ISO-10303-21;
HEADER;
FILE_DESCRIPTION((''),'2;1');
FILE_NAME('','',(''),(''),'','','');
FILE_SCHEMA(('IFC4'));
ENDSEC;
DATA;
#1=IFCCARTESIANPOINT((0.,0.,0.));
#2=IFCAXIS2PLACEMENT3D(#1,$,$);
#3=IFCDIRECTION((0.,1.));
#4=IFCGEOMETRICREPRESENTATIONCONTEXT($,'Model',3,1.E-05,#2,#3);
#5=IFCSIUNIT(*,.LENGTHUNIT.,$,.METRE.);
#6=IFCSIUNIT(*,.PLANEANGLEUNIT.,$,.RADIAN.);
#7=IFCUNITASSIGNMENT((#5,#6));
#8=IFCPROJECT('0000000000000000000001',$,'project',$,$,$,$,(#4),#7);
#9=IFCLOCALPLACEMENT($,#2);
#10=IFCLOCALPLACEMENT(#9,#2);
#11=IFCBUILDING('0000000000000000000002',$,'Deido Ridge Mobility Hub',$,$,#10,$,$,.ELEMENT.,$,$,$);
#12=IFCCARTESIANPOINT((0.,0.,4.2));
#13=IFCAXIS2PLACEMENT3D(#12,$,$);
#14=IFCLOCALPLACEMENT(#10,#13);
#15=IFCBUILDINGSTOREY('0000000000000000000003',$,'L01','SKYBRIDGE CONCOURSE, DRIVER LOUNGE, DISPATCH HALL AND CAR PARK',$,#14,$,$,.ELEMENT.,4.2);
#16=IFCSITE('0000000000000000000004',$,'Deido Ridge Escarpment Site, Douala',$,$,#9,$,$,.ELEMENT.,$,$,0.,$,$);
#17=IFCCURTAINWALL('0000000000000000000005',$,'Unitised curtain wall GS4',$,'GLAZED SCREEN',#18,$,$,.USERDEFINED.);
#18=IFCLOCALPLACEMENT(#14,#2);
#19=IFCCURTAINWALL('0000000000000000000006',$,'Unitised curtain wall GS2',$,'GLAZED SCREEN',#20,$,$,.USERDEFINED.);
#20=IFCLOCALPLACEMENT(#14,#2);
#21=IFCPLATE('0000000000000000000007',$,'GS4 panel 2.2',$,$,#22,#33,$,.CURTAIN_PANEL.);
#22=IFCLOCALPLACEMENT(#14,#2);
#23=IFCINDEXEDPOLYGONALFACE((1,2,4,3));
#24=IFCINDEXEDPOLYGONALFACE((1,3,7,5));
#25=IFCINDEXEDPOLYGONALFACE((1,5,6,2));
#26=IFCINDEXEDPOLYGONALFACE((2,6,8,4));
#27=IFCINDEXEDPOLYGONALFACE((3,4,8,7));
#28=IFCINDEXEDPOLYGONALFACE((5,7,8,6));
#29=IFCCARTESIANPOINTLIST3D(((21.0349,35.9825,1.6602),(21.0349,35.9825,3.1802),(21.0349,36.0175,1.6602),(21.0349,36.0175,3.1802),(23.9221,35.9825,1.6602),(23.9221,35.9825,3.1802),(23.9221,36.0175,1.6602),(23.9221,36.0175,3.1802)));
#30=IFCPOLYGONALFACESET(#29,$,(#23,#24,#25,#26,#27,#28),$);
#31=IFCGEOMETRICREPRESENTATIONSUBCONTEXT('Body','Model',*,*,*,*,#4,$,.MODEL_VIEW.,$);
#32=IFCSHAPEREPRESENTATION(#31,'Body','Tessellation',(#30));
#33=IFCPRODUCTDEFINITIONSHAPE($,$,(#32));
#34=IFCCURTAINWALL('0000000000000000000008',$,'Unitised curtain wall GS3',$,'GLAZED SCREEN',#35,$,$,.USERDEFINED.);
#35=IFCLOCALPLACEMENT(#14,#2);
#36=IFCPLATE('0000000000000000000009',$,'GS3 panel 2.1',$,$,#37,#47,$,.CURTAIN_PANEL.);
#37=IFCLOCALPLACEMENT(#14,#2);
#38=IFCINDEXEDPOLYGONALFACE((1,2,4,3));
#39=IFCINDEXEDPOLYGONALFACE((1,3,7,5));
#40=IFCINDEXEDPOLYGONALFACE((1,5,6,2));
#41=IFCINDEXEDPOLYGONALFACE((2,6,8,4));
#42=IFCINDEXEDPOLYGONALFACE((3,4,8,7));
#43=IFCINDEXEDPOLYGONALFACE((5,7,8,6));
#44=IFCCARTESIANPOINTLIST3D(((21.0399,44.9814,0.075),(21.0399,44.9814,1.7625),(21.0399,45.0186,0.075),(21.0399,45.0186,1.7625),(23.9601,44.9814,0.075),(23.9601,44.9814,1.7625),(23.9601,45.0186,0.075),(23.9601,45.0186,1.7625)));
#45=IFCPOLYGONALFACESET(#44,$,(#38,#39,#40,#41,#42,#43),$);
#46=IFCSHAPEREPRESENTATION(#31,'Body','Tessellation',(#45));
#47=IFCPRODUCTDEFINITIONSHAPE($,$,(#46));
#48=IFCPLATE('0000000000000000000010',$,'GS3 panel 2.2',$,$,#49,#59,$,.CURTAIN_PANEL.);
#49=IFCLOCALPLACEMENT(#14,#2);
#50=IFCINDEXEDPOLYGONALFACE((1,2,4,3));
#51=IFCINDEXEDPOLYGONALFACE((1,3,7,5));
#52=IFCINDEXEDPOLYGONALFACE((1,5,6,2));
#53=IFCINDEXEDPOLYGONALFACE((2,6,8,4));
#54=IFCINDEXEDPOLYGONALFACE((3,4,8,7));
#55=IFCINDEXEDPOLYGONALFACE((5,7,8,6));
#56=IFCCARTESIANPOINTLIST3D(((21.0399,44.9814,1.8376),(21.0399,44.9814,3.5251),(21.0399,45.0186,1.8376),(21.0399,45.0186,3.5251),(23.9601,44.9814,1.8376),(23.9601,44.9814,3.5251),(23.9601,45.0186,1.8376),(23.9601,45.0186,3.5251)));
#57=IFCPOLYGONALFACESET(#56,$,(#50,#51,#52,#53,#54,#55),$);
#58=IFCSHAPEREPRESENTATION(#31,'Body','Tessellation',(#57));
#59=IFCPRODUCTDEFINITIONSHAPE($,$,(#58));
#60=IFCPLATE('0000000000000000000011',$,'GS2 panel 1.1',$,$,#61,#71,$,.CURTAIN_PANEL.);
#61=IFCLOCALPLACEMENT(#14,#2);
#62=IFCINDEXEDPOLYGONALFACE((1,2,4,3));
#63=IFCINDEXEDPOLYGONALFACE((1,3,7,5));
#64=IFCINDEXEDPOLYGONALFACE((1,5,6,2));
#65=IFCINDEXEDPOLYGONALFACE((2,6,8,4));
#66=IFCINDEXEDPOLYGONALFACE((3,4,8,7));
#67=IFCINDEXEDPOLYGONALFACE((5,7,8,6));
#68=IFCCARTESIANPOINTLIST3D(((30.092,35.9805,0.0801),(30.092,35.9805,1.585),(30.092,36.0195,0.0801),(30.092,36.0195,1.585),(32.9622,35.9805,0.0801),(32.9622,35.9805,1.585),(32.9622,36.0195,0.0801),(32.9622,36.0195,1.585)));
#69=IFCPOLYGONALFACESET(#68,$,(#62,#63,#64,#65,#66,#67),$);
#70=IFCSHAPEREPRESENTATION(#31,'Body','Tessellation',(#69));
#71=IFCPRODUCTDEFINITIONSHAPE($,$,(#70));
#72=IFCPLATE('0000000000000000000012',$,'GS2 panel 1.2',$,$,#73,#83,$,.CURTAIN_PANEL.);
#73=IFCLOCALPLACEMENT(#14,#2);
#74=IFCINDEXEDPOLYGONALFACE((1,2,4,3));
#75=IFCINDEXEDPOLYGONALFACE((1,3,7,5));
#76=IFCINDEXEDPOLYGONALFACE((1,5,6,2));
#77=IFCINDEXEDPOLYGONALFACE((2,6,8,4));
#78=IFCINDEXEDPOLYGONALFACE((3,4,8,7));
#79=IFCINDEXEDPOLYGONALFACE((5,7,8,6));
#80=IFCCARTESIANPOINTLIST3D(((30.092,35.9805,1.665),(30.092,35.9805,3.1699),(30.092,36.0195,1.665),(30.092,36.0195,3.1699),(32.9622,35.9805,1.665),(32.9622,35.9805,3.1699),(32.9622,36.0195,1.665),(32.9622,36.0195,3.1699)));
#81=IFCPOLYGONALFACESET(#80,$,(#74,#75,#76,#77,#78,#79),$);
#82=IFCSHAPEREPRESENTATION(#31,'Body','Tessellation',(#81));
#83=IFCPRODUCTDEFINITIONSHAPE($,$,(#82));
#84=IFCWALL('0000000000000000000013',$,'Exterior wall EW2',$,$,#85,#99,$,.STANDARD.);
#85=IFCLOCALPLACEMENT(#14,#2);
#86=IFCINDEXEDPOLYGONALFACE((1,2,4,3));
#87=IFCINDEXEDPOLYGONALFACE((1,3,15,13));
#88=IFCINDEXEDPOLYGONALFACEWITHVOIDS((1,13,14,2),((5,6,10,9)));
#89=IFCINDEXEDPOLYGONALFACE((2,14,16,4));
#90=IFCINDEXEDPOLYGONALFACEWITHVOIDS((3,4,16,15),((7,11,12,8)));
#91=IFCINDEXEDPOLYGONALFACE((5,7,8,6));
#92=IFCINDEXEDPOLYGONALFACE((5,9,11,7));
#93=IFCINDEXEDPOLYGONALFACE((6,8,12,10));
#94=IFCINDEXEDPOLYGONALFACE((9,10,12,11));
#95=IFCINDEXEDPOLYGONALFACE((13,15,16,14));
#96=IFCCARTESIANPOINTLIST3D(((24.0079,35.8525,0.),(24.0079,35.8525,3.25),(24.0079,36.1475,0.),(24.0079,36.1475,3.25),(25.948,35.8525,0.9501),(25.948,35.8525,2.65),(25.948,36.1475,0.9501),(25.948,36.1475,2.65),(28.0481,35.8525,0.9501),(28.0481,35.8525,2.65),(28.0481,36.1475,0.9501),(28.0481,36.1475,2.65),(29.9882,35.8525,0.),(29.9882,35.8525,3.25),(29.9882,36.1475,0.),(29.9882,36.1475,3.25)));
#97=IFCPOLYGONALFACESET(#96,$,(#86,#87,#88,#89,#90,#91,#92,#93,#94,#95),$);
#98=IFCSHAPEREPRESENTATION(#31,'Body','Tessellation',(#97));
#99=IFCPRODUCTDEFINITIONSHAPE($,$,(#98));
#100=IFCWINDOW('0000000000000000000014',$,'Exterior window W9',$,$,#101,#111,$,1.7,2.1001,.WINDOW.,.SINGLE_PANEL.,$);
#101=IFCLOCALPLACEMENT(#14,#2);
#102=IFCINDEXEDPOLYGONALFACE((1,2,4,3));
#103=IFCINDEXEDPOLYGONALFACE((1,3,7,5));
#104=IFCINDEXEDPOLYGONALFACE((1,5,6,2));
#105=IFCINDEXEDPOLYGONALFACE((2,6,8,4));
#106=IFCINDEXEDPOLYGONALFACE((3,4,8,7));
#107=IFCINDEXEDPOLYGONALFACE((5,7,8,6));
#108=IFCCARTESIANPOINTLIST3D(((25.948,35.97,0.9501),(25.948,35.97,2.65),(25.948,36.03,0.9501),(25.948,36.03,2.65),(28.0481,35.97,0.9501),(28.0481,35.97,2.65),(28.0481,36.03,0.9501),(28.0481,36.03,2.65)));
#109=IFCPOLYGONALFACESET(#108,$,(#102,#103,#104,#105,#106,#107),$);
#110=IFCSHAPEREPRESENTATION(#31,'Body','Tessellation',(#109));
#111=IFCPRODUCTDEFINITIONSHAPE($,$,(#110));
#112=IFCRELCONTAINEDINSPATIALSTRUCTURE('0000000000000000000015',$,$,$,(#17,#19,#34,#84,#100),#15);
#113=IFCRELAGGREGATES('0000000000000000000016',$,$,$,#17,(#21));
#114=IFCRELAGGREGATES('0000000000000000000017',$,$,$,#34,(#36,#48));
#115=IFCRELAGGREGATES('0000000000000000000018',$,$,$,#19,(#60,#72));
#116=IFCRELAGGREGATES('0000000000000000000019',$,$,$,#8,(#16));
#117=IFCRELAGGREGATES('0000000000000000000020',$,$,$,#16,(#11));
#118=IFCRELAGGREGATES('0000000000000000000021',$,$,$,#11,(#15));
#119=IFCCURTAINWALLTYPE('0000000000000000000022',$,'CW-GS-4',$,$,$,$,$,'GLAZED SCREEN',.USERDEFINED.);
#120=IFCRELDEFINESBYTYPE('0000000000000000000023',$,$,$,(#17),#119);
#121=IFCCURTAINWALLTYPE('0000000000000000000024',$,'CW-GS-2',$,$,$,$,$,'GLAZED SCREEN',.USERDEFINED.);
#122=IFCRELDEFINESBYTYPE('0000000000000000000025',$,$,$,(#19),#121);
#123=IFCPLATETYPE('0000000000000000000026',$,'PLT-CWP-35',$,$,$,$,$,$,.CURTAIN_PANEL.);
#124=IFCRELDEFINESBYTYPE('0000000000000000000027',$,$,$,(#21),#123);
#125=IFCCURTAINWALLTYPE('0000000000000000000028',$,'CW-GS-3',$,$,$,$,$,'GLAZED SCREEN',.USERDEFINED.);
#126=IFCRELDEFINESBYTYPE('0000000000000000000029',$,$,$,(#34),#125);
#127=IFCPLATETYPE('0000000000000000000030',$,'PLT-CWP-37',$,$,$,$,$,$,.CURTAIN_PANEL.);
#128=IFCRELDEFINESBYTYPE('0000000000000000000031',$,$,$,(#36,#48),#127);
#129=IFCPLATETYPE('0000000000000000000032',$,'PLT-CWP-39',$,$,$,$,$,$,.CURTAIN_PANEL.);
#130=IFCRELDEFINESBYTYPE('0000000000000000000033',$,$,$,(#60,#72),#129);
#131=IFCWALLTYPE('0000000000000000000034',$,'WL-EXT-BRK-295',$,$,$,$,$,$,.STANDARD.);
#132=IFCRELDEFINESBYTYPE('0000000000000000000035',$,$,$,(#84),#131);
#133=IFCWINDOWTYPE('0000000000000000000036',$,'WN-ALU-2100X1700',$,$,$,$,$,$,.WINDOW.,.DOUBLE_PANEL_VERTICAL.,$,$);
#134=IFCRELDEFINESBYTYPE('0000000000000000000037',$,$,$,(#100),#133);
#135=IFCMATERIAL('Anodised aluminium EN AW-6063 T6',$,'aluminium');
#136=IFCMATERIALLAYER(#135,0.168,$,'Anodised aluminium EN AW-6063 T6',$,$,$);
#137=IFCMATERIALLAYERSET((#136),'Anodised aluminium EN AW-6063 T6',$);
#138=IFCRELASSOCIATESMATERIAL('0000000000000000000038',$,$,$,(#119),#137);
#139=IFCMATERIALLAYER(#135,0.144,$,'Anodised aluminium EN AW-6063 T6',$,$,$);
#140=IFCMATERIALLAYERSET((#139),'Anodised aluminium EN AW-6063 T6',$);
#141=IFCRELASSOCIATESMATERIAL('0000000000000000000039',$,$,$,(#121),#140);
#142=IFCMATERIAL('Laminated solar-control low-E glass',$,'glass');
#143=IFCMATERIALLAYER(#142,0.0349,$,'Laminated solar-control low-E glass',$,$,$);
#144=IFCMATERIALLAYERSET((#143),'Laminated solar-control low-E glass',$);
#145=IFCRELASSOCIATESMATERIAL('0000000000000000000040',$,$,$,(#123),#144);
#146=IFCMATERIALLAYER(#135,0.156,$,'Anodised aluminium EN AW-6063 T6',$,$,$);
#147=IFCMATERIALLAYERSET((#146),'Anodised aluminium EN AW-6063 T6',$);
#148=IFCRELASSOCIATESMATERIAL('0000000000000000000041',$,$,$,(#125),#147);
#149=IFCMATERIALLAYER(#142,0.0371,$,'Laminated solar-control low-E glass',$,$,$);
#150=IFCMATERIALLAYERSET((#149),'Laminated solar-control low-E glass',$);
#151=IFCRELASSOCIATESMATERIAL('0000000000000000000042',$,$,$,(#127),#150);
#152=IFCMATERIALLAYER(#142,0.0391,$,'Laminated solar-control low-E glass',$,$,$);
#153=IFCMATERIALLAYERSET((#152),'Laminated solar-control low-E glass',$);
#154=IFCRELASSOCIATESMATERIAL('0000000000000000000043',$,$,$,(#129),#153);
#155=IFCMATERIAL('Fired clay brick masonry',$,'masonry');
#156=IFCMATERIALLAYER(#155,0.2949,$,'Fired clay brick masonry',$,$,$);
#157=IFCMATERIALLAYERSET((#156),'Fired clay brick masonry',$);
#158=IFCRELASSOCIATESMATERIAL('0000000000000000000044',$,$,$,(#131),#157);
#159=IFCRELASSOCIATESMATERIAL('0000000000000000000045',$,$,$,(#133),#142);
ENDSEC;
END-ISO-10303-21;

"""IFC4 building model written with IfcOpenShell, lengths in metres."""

from ifc_helpers import new_model, si_unit, direction, frame, frame_2d, origin, origin_2d, place, context, subcontext, project, spatial, rectangle, extrude, material, layer, layer_set, type_object, element, fill, aggregate, save


model = new_model("IFC4")

# Units and contexts
model_context = context("Model", 3, precision=1e-05, world=origin(), true_north=direction((0.0, 1.0)))
body_context = subcontext(model_context, "Body", "Model", "MODEL_VIEW")
ifc_project = project(units=[si_unit("LENGTHUNIT", "METRE"), si_unit("PLANEANGLEUNIT", "RADIAN")], contexts=[model_context])

# Site, building, storey
site_placement = place(None, origin())
site = spatial("IfcSite", under=ifc_project, at=site_placement, Name="Deido Ridge Escarpment Site, Douala", CompositionType="ELEMENT", RefElevation=0.0)
building_placement = place(site_placement, origin())
building = spatial("IfcBuilding", under=site, at=building_placement, Name="Deido Ridge Mobility Hub", CompositionType="ELEMENT")
storey_placement = place(building_placement, frame((0.0, 0.0, 4.2)))
storey = spatial("IfcBuildingStorey", under=building, at=storey_placement, Name="L01", Description="SKYBRIDGE CONCOURSE, DRIVER LOUNGE, DISPATCH HALL AND CAR PARK", CompositionType="ELEMENT", Elevation=4.2)

# Curtain wall
ifc_material_1 = material(Name="Anodised aluminium EN AW-6063 T6", Category="aluminium")
ifc_layer_1 = layer(ifc_material_1, 0.168, Name="Anodised aluminium EN AW-6063 T6")
ifc_layer_set_1 = layer_set([ifc_layer_1], Name="Anodised aluminium EN AW-6063 T6")
curtain_wall_type_1 = type_object("IfcCurtainWallType", Name="CW-GS-4", ElementType="GLAZED SCREEN", PredefinedType="USERDEFINED", material=ifc_layer_set_1)
curtain_wall_1_placement = place(storey_placement, origin())
curtain_wall_1 = element("IfcCurtainWall", 1, at=curtain_wall_1_placement, inside=storey, type_object=curtain_wall_type_1, Name="Unitised curtain wall GS4", ObjectType="GLAZED SCREEN", PredefinedType="USERDEFINED")

# Curtain wall
ifc_layer_2 = layer(ifc_material_1, 0.144, Name="Anodised aluminium EN AW-6063 T6")
ifc_layer_set_2 = layer_set([ifc_layer_2], Name="Anodised aluminium EN AW-6063 T6")
curtain_wall_type_2 = type_object("IfcCurtainWallType", Name="CW-GS-2", ElementType="GLAZED SCREEN", PredefinedType="USERDEFINED", material=ifc_layer_set_2)
curtain_wall_2_placement = place(storey_placement, origin())
curtain_wall_2 = element("IfcCurtainWall", 2, at=curtain_wall_2_placement, inside=storey, type_object=curtain_wall_type_2, Name="Unitised curtain wall GS2", ObjectType="GLAZED SCREEN", PredefinedType="USERDEFINED")

# Plate
ifc_material_2 = material(Name="Laminated solar-control low-E glass", Category="glass")
ifc_layer_3 = layer(ifc_material_2, 0.0349, Name="Laminated solar-control low-E glass")
ifc_layer_set_3 = layer_set([ifc_layer_3], Name="Laminated solar-control low-E glass")
plate_type_1 = type_object("IfcPlateType", Name="PLT-CWP-35", PredefinedType="CURTAIN_PANEL", material=ifc_layer_set_3)
plate_1_placement = place(storey_placement, frame((22.4785, 36.0, 1.6602), z_axis=(0.0, 0.0, 1.0), x_axis=(1.0, 0.0, 0.0)))
plate_1 = element("IfcPlate", 3, at=plate_1_placement, type_object=plate_type_1, Name="GS4 panel 2.2", PredefinedType="CURTAIN_PANEL", context=body_context, shape_type="SweptSolid", body=[
    extrude(rectangle(XDim=2.8872, YDim=0.0349, at=origin_2d()), origin(), (0.0, 0.0, 1.0), 1.52),
])
aggregate(curtain_wall_1, [plate_1])

# Curtain wall, plates
ifc_layer_4 = layer(ifc_material_1, 0.156, Name="Anodised aluminium EN AW-6063 T6")
ifc_layer_set_4 = layer_set([ifc_layer_4], Name="Anodised aluminium EN AW-6063 T6")
curtain_wall_type_3 = type_object("IfcCurtainWallType", Name="CW-GS-3", ElementType="GLAZED SCREEN", PredefinedType="USERDEFINED", material=ifc_layer_set_4)
curtain_wall_3_placement = place(storey_placement, origin())
curtain_wall_3 = element("IfcCurtainWall", 4, at=curtain_wall_3_placement, inside=storey, type_object=curtain_wall_type_3, Name="Unitised curtain wall GS3", ObjectType="GLAZED SCREEN", PredefinedType="USERDEFINED")
ifc_layer_5 = layer(ifc_material_2, 0.0371, Name="Laminated solar-control low-E glass")
ifc_layer_set_5 = layer_set([ifc_layer_5], Name="Laminated solar-control low-E glass")
plate_type_2 = type_object("IfcPlateType", Name="PLT-CWP-37", PredefinedType="CURTAIN_PANEL", material=ifc_layer_set_5)
plate_2_placement = place(storey_placement, frame((22.5, 45.0, 0.075), z_axis=(0.0, 0.0, 1.0), x_axis=(1.0, 0.0, 0.0)))
plate_2 = element("IfcPlate", 5, at=plate_2_placement, type_object=plate_type_2, Name="GS3 panel 2.1", PredefinedType="CURTAIN_PANEL", context=body_context, shape_type="SweptSolid", body=[
    extrude(rectangle(XDim=2.9202, YDim=0.0371, at=origin_2d()), origin(), (0.0, 0.0, 1.0), 1.6875),
])
plate_3_placement = place(storey_placement, frame((22.5, 45.0, 1.8376), z_axis=(0.0, 0.0, 1.0), x_axis=(1.0, 0.0, 0.0)))
plate_3 = element("IfcPlate", 6, at=plate_3_placement, type_object=plate_type_2, Name="GS3 panel 2.2", PredefinedType="CURTAIN_PANEL", context=body_context, shape_type="SweptSolid", body=[
    extrude(rectangle(XDim=2.9202, YDim=0.0371, at=origin_2d()), origin(), (0.0, 0.0, 1.0), 1.6875),
])
aggregate(curtain_wall_3, [plate_2, plate_3])

# Plates
ifc_layer_6 = layer(ifc_material_2, 0.0391, Name="Laminated solar-control low-E glass")
ifc_layer_set_6 = layer_set([ifc_layer_6], Name="Laminated solar-control low-E glass")
plate_type_3 = type_object("IfcPlateType", Name="PLT-CWP-39", PredefinedType="CURTAIN_PANEL", material=ifc_layer_set_6)
plate_4_placement = place(storey_placement, frame((31.5271, 36.0, 0.0801), z_axis=(0.0, 0.0, 1.0), x_axis=(1.0, 0.0, 0.0)))
plate_4 = element("IfcPlate", 7, at=plate_4_placement, type_object=plate_type_3, Name="GS2 panel 1.1", PredefinedType="CURTAIN_PANEL", context=body_context, shape_type="SweptSolid", body=[
    extrude(rectangle(XDim=2.8701, YDim=0.0391, at=origin_2d()), origin(), (0.0, 0.0, 1.0), 1.5049),
])
plate_5_placement = place(storey_placement, frame((31.5271, 36.0, 1.665), z_axis=(0.0, 0.0, 1.0), x_axis=(1.0, 0.0, 0.0)))
plate_5 = element("IfcPlate", 8, at=plate_5_placement, type_object=plate_type_3, Name="GS2 panel 1.2", PredefinedType="CURTAIN_PANEL", context=body_context, shape_type="SweptSolid", body=[
    extrude(rectangle(XDim=2.8701, YDim=0.0391, at=origin_2d()), origin(), (0.0, 0.0, 1.0), 1.5049),
])
aggregate(curtain_wall_2, [plate_4, plate_5])

# Wall, opening, window
ifc_material_3 = material(Name="Fired clay brick masonry", Category="masonry")
ifc_layer_7 = layer(ifc_material_3, 0.2949, Name="Fired clay brick masonry")
ifc_layer_set_7 = layer_set([ifc_layer_7], Name="Fired clay brick masonry")
wall_type = type_object("IfcWallType", Name="WL-EXT-BRK-295", PredefinedType="STANDARD", material=ifc_layer_set_7)
wall_placement = place(storey_placement, frame((24.0078, 36.0, 0.0), z_axis=(0.0, 0.0, 1.0), x_axis=(1.0, 0.0, 0.0)))
wall = element("IfcWall", 9, at=wall_placement, inside=storey, type_object=wall_type, Name="Exterior wall EW2", PredefinedType="STANDARD", context=body_context, shape_type="SweptSolid", body=[
    extrude(rectangle(XDim=5.9802, YDim=0.2949, at=frame_2d((2.9902, 0.0))), origin(), (0.0, 0.0, 1.0), 3.25),
])
opening_placement = place(wall_placement, frame((1.9402, 0.0, 0.95)))
opening = element("IfcOpeningElement", 10, at=opening_placement, cuts=wall, PredefinedType="OPENING", context=body_context, shape_type="SweptSolid", body=[
    extrude(rectangle(XDim=2.1001, YDim=1.7, at=frame_2d((1.05, 0.8501))), frame((0.0, 0.1575, 0.0), z_axis=(0.0, -1.0, 0.0), x_axis=(1.0, 0.0, 0.0)), (0.0, 0.0, 1.0), 0.3149),
])
window_type = type_object("IfcWindowType", Name="WN-ALU-2100X1700", PartitioningType="DOUBLE_PANEL_VERTICAL", PredefinedType="WINDOW", material=ifc_material_2)
window_placement = place(opening_placement, origin())
window = element("IfcWindow", 11, at=window_placement, inside=storey, type_object=window_type, Name="Exterior window W9", OverallHeight=1.7, OverallWidth=2.1001, PartitioningType="SINGLE_PANEL", PredefinedType="WINDOW", context=body_context, shape_type="SweptSolid", body=[
    extrude(rectangle(XDim=2.1001, YDim=1.7, at=frame_2d((1.05, 0.8501))), frame((0.0, 0.03, 0.0), z_axis=(0.0, -1.0, 0.0), x_axis=(1.0, 0.0, 0.0)), (0.0, 0.0, 1.0), 0.0601),
])
fill(opening, window)

save(model, "model.ifc")
